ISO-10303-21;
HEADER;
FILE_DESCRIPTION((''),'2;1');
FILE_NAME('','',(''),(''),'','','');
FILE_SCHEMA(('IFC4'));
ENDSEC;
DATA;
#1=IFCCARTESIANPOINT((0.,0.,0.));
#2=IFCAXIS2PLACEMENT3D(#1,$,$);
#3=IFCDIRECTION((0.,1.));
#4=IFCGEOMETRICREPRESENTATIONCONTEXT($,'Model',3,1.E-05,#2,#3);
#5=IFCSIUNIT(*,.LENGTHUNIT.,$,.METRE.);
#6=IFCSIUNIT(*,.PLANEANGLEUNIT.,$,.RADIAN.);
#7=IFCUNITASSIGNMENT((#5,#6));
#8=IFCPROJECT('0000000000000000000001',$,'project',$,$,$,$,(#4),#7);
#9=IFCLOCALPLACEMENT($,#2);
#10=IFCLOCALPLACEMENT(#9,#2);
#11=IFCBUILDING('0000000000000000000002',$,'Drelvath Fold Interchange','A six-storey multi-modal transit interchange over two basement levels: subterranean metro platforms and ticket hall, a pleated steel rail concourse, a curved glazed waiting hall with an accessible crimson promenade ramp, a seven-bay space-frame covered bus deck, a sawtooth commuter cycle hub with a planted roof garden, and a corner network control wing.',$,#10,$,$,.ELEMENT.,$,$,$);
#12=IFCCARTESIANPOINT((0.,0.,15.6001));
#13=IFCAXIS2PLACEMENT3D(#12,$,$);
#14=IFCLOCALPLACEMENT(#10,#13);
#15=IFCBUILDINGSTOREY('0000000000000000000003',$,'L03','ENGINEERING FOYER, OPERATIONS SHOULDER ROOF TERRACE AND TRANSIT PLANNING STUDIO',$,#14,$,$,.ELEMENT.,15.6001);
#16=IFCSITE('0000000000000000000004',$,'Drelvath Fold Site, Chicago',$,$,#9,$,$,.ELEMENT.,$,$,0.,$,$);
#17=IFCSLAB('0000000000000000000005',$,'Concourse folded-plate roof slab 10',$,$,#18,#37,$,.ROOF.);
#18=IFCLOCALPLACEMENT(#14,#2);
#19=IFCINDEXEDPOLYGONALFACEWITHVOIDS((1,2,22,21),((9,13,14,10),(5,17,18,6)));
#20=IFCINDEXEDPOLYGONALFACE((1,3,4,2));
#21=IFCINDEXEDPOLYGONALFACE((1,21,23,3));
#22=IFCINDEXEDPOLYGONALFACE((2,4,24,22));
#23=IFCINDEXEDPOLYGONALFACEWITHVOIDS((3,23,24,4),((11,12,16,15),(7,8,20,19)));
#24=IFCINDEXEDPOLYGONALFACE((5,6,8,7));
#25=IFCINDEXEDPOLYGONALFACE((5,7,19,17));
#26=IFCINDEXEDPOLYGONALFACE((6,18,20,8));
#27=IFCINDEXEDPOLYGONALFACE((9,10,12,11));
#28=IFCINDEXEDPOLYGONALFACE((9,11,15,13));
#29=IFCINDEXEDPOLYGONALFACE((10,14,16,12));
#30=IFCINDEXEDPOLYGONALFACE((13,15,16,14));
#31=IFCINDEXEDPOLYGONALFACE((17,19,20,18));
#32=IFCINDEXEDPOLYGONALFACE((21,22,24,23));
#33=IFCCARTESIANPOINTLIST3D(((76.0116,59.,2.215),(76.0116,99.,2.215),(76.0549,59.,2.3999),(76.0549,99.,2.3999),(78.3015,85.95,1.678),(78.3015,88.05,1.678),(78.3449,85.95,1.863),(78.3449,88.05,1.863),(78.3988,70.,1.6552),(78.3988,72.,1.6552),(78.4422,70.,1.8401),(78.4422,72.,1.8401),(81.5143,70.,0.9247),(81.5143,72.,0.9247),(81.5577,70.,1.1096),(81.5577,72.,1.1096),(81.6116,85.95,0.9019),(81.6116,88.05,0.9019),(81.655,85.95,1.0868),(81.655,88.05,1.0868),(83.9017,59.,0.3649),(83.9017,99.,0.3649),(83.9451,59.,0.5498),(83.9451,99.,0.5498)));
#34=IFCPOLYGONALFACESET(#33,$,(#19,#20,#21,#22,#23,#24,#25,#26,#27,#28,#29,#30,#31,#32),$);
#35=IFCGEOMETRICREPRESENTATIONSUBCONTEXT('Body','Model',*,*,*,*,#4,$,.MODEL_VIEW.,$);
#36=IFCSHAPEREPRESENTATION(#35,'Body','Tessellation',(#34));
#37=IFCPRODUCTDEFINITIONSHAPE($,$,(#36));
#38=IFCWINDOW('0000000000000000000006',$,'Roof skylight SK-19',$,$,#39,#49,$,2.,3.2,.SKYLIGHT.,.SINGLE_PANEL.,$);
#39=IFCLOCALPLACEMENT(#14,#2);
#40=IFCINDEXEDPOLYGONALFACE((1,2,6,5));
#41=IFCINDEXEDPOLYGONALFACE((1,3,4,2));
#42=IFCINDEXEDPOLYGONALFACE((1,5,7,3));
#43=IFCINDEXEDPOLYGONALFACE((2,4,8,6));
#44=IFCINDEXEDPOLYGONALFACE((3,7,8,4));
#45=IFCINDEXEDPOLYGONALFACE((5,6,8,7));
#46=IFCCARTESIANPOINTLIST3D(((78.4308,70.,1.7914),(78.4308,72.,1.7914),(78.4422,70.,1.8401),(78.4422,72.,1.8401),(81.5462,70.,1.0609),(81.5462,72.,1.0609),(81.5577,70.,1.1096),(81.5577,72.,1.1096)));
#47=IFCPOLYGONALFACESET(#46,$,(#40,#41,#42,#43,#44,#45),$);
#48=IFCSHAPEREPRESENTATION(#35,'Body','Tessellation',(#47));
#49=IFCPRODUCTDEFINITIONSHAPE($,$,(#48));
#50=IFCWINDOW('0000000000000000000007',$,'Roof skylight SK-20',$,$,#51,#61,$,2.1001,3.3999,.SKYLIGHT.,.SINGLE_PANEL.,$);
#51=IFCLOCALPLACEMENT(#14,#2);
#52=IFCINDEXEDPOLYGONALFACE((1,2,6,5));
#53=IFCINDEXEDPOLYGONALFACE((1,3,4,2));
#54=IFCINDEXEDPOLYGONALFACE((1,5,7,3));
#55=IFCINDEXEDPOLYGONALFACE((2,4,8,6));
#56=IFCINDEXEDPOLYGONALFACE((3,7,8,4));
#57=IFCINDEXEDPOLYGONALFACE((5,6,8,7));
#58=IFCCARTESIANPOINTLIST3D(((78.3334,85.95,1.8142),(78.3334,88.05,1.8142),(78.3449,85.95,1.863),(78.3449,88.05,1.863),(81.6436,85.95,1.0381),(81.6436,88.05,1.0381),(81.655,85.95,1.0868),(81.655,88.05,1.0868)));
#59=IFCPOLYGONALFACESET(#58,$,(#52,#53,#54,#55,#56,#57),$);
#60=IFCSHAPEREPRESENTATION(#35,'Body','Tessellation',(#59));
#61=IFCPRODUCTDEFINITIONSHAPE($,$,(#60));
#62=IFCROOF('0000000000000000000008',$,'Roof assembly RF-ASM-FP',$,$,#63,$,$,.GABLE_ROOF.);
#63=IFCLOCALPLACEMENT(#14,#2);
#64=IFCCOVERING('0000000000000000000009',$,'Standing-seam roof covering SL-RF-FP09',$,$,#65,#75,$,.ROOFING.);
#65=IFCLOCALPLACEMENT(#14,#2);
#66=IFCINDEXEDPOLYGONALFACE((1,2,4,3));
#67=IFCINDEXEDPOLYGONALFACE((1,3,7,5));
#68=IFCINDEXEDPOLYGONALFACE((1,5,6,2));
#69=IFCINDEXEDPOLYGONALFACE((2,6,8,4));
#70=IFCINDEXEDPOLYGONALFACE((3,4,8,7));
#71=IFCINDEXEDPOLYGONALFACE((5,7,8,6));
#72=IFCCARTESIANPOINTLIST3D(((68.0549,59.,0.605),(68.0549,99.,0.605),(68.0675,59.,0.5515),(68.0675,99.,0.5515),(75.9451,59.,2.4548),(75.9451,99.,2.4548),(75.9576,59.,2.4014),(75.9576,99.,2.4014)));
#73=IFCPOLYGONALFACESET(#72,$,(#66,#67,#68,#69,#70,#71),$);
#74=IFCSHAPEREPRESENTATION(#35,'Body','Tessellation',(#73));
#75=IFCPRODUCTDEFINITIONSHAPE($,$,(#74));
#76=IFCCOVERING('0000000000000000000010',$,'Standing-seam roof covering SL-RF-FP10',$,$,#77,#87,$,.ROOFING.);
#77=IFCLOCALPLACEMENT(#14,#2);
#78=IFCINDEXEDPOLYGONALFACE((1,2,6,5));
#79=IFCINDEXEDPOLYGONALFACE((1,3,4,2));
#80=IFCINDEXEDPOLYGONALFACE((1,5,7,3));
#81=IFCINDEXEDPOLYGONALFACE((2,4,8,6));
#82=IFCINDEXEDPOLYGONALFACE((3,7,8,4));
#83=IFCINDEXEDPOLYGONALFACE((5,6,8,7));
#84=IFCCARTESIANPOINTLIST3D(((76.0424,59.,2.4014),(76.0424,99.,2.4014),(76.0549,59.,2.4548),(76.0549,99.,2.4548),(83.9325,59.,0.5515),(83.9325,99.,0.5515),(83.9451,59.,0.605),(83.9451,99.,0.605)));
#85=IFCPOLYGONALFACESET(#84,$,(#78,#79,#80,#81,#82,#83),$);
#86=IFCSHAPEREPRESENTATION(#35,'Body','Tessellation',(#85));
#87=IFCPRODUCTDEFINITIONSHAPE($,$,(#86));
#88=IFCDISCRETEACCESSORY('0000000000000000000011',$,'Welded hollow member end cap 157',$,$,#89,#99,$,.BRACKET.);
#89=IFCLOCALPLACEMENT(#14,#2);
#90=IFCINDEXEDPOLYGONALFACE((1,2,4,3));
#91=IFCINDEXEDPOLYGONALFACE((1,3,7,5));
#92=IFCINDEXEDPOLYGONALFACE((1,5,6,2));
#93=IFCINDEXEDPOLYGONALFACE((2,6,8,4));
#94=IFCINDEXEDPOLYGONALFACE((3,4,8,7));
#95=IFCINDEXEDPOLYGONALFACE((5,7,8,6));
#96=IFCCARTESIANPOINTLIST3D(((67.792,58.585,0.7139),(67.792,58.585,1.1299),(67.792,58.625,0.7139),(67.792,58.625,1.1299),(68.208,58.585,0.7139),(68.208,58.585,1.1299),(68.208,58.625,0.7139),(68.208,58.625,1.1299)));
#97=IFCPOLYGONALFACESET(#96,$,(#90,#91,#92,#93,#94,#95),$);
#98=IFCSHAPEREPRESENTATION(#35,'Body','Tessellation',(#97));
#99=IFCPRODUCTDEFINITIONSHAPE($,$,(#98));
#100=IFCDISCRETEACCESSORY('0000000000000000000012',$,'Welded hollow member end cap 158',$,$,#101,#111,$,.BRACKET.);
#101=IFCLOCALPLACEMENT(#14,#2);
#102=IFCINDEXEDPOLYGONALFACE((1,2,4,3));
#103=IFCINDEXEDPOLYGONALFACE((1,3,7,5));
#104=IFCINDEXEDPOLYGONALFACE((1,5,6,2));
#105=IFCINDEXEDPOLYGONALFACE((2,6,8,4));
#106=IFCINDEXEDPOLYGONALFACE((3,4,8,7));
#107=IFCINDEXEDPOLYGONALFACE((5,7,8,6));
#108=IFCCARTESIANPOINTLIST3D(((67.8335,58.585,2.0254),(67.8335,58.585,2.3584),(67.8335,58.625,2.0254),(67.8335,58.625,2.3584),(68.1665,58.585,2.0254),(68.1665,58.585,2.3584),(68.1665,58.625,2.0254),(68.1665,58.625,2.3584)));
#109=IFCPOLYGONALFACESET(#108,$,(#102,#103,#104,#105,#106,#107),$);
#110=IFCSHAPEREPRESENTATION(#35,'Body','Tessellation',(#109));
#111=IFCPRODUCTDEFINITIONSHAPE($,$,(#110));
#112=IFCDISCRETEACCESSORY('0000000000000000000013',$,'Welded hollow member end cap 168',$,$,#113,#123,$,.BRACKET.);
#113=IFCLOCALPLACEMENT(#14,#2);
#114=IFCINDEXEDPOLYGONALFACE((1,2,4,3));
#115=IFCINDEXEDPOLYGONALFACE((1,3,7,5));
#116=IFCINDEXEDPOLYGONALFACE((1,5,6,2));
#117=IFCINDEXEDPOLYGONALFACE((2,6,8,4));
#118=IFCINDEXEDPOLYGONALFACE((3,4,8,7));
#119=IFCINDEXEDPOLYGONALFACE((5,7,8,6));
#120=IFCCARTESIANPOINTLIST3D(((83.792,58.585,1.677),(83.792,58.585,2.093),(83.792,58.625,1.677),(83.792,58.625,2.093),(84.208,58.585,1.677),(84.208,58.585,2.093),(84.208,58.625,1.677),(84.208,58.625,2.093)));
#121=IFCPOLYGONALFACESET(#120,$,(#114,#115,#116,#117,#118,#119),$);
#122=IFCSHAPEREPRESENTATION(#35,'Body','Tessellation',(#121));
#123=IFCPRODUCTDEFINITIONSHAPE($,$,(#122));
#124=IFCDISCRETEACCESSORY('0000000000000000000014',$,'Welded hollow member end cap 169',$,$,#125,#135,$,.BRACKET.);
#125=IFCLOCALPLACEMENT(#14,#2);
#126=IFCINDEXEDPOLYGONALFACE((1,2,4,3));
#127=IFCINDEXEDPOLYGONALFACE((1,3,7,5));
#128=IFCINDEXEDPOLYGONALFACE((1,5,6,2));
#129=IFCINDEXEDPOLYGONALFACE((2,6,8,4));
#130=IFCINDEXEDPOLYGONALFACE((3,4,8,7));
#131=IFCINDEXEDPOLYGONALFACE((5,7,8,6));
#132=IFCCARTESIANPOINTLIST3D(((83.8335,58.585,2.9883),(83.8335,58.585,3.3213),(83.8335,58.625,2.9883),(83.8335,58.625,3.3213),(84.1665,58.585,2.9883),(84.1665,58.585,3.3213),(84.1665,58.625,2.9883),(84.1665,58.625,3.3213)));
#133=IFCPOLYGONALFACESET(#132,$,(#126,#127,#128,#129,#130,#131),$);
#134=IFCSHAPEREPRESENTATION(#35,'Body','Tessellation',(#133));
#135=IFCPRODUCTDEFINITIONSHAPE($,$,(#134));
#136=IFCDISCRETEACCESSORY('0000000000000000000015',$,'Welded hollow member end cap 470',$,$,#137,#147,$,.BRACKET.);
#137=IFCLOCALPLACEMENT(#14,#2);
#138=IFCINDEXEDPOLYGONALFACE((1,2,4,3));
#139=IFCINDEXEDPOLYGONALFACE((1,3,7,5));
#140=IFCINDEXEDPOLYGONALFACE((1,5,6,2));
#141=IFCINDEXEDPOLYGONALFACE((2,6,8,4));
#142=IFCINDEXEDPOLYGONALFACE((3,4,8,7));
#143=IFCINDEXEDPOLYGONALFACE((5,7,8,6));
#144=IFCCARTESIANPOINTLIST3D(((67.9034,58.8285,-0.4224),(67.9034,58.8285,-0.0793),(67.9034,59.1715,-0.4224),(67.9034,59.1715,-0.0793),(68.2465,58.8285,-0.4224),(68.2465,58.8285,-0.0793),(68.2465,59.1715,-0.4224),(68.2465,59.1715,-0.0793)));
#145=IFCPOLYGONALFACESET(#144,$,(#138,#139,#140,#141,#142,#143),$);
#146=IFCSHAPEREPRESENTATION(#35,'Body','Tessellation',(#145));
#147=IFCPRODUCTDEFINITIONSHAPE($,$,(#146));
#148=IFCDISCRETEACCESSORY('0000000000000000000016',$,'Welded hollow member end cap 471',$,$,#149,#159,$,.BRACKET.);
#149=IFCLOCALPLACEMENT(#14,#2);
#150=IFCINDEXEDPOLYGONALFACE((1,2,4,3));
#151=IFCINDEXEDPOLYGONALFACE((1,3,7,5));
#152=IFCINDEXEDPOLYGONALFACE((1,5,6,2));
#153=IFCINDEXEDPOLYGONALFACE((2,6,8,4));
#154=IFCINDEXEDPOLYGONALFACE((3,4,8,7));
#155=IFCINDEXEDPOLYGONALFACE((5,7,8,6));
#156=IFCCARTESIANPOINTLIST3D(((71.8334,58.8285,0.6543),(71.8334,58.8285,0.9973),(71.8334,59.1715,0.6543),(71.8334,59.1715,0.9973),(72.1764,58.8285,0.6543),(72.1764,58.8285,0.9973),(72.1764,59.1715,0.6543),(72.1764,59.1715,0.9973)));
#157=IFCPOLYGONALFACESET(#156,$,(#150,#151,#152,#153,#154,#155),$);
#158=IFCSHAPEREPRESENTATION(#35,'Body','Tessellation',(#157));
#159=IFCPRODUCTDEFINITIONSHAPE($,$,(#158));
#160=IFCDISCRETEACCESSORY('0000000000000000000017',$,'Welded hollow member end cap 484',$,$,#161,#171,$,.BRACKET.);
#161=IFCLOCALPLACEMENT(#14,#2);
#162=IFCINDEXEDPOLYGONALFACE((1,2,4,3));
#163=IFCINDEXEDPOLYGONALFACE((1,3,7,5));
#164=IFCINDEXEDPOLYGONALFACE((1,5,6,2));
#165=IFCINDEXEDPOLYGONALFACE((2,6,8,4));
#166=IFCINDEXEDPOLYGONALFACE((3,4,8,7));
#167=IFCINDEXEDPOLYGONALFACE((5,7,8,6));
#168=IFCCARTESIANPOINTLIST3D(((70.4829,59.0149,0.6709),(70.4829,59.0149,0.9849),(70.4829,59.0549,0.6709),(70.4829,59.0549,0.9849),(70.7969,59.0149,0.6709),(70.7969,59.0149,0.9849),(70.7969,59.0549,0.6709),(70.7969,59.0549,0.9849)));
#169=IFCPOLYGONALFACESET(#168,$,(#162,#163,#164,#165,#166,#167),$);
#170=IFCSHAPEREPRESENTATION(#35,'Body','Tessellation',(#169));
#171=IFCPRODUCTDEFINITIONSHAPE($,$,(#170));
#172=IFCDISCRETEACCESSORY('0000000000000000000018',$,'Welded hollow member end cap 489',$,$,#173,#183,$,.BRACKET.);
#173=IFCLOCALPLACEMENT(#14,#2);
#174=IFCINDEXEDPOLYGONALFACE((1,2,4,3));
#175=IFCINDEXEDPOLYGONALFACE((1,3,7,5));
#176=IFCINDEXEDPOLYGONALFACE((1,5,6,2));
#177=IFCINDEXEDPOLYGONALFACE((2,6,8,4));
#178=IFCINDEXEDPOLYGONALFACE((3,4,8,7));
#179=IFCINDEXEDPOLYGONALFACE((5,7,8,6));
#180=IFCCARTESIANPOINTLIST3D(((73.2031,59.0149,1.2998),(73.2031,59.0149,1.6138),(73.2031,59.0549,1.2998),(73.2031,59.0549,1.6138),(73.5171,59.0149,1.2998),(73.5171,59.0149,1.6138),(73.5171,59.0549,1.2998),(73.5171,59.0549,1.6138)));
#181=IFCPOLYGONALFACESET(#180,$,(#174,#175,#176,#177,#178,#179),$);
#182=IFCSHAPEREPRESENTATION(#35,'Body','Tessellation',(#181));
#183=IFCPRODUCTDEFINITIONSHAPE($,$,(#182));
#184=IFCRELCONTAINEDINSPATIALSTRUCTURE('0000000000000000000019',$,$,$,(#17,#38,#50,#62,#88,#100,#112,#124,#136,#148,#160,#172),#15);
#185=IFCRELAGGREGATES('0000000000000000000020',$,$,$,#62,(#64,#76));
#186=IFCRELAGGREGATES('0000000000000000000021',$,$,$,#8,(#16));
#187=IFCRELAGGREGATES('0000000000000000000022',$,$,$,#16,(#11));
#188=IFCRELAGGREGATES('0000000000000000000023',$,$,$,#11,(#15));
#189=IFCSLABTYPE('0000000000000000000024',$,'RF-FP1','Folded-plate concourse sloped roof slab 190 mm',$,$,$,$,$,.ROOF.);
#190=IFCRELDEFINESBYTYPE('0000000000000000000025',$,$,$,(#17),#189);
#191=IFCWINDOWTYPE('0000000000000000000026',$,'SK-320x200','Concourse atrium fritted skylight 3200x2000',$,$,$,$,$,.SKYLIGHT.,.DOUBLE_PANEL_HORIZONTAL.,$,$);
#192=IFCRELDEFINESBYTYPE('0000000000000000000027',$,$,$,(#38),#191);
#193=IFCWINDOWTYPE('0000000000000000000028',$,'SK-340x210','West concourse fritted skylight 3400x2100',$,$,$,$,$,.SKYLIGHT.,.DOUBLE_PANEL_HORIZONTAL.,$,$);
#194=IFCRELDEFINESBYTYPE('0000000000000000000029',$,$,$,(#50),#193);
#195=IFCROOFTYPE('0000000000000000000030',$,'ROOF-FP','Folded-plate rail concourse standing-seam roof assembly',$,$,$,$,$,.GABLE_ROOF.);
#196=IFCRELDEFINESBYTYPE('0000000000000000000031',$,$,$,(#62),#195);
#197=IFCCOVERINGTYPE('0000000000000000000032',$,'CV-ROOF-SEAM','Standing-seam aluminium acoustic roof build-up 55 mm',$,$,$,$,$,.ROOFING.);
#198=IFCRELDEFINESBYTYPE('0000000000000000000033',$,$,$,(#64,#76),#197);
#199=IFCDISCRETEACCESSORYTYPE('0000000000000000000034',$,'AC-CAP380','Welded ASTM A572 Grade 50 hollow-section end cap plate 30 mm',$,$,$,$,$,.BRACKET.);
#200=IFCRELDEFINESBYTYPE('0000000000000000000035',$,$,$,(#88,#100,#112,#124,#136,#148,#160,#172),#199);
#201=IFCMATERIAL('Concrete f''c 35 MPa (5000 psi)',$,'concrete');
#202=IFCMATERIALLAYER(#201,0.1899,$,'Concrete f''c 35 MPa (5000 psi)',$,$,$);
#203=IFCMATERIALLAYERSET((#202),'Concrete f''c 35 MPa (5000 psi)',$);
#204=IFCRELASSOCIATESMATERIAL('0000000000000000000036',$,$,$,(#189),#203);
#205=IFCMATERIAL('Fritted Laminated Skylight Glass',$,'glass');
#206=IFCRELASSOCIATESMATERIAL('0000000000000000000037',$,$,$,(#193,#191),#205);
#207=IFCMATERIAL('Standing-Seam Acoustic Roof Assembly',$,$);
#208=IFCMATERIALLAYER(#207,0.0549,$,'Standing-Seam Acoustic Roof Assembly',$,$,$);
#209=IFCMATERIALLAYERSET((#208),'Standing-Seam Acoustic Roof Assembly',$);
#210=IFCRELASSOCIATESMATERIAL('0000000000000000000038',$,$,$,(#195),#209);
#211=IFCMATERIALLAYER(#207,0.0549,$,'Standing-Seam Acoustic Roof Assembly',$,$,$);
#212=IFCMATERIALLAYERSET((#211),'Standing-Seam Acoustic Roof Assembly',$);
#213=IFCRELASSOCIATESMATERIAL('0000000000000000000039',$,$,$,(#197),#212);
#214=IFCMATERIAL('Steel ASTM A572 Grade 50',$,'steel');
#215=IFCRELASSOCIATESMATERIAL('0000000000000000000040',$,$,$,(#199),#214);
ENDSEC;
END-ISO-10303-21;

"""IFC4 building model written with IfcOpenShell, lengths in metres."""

from ifc_helpers import new_model, si_unit, direction, frame, origin, origin_2d, place, context, subcontext, project, spatial, polyline, rectangle, outline, extrude, material, layer, layer_set, type_object, element, fill, aggregate, save


model = new_model("IFC4")

# Units and contexts
model_context = context("Model", 3, precision=1e-05, world=origin(), true_north=direction((0.0, 1.0)))
body_context = subcontext(model_context, "Body", "Model", "MODEL_VIEW")
ifc_project = project(units=[si_unit("LENGTHUNIT", "METRE"), si_unit("PLANEANGLEUNIT", "RADIAN")], contexts=[model_context])

# Site, building, storey
site_placement = place(None, origin())
site = spatial("IfcSite", under=ifc_project, at=site_placement, Name="Drelvath Fold Site, Chicago", CompositionType="ELEMENT", RefElevation=0.0)
building_placement = place(site_placement, origin())
building = spatial("IfcBuilding", under=site, at=building_placement, Name="Drelvath Fold Interchange", Description="A six-storey multi-modal transit interchange over two basement levels: subterranean metro platforms and ticket hall, a pleated steel rail concourse, a curved glazed waiting hall with an accessible crimson promenade ramp, a seven-bay space-frame covered bus deck, a sawtooth commuter cycle hub with a planted roof garden, and a corner network control wing.", CompositionType="ELEMENT")
storey_placement = place(building_placement, frame((0.0, 0.0, 15.6001)))
storey = spatial("IfcBuildingStorey", under=building, at=storey_placement, Name="L03", Description="ENGINEERING FOYER, OPERATIONS SHOULDER ROOF TERRACE AND TRANSIT PLANNING STUDIO", CompositionType="ELEMENT", Elevation=15.6001)

# Slab, openings, windows
ifc_material_1 = material(Name="Concrete f'c 35 MPa (5000 psi)", Category="concrete")
ifc_layer_1 = layer(ifc_material_1, 0.1899, Name="Concrete f'c 35 MPa (5000 psi)")
ifc_layer_set_1 = layer_set([ifc_layer_1], Name="Concrete f'c 35 MPa (5000 psi)")
slab_type = type_object("IfcSlabType", Name="RF-FP1", Description="Folded-plate concourse sloped roof slab 190 mm", PredefinedType="ROOF", material=ifc_layer_set_1)
ifc_material_2 = material(Name="Fritted Laminated Skylight Glass", Category="glass")
window_type_1 = type_object("IfcWindowType", Name="SK-340x210", Description="West concourse fritted skylight 3400x2100", PartitioningType="DOUBLE_PANEL_HORIZONTAL", PredefinedType="SKYLIGHT", material=ifc_material_2)
slab_1_placement = place(storey_placement, frame((76.0549, 59.0, 2.3999), z_axis=(0.22829, 0.0, 0.973593), x_axis=(0.973593, 0.0, -0.22829)))
slab_1 = element("IfcSlab", 1, at=slab_1_placement, inside=storey, type_object=slab_type, Name="Concourse folded-plate roof slab 10", PredefinedType="ROOF", context=body_context, shape_type="SweptSolid", body=[
    extrude(outline(polyline([(0.0, 0.0), (8.1041, 0.0), (8.1041, 40.0), (0.0, 40.0), (0.0, 0.0)])), origin(), (0.0, 0.0, -1.0), 0.1899),
])
opening_1_placement = place(slab_1_placement, frame((4.052, 12.0, 0.01)))
opening_1 = element("IfcOpeningElement", 2, at=opening_1_placement, cuts=slab_1, PredefinedType="OPENING", context=body_context, shape_type="SweptSolid", body=[
    extrude(rectangle(XDim=3.2, YDim=2.0, at=origin_2d()), origin(), (0.0, 0.0, -1.0), 0.21),
])
opening_2_placement = place(slab_1_placement, frame((4.052, 28.0, 0.01)))
opening_2 = element("IfcOpeningElement", 3, at=opening_2_placement, cuts=slab_1, PredefinedType="OPENING", context=body_context, shape_type="SweptSolid", body=[
    extrude(rectangle(XDim=3.3999, YDim=2.1001, at=origin_2d()), origin(), (0.0, 0.0, -1.0), 0.21),
])
window_type_2 = type_object("IfcWindowType", Name="SK-320x200", Description="Concourse atrium fritted skylight 3200x2000", PartitioningType="DOUBLE_PANEL_HORIZONTAL", PredefinedType="SKYLIGHT", material=ifc_material_2)
window_1_placement = place(slab_1_placement, frame((4.052, 12.0, 0.0)))
window_1 = element("IfcWindow", 4, at=window_1_placement, inside=storey, type_object=window_type_2, Name="Roof skylight SK-19", OverallHeight=2.0, OverallWidth=3.2, PartitioningType="SINGLE_PANEL", PredefinedType="SKYLIGHT", context=body_context, shape_type="SweptSolid", body=[
    extrude(rectangle(XDim=3.2, YDim=2.0, at=origin_2d()), origin(), (0.0, 0.0, -1.0), 0.05),
])
fill(opening_1, window_1)
window_2_placement = place(slab_1_placement, frame((4.052, 28.0, 0.0)))
window_2 = element("IfcWindow", 5, at=window_2_placement, inside=storey, type_object=window_type_1, Name="Roof skylight SK-20", OverallHeight=2.1001, OverallWidth=3.3999, PartitioningType="SINGLE_PANEL", PredefinedType="SKYLIGHT", context=body_context, shape_type="SweptSolid", body=[
    extrude(rectangle(XDim=3.3999, YDim=2.1001, at=origin_2d()), origin(), (0.0, 0.0, -1.0), 0.05),
])
fill(opening_2, window_2)

# Roof, coverings
ifc_material_3 = material(Name="Standing-Seam Acoustic Roof Assembly")
ifc_layer_2 = layer(ifc_material_3, 0.0549, Name="Standing-Seam Acoustic Roof Assembly")
ifc_layer_set_2 = layer_set([ifc_layer_2], Name="Standing-Seam Acoustic Roof Assembly")
roof_type = type_object("IfcRoofType", Name="ROOF-FP", Description="Folded-plate rail concourse standing-seam roof assembly", PredefinedType="GABLE_ROOF", material=ifc_layer_set_2)
roof_placement = place(storey_placement, origin())
roof = element("IfcRoof", 6, at=roof_placement, inside=storey, type_object=roof_type, Name="Roof assembly RF-ASM-FP", PredefinedType="GABLE_ROOF")
ifc_layer_3 = layer(ifc_material_3, 0.0549, Name="Standing-Seam Acoustic Roof Assembly")
ifc_layer_set_3 = layer_set([ifc_layer_3], Name="Standing-Seam Acoustic Roof Assembly")
covering_type = type_object("IfcCoveringType", Name="CV-ROOF-SEAM", Description="Standing-seam aluminium acoustic roof build-up 55 mm", PredefinedType="ROOFING", material=ifc_layer_set_3)
covering_1_placement = place(storey_placement, frame((68.0549, 59.0, 0.605), z_axis=(-0.228262, 0.0, 0.9736), x_axis=(0.9736, 0.0, 0.228262)))
covering_1 = element("IfcCovering", 7, at=covering_1_placement, type_object=covering_type, Name="Standing-seam roof covering SL-RF-FP09", PredefinedType="ROOFING", context=body_context, shape_type="SweptSolid", body=[
    extrude(outline(polyline([(0.0, 0.0), (8.1041, 0.0), (8.1041, 40.0), (0.0, 40.0), (0.0, 0.0)])), origin(), (0.0, 0.0, -1.0), 0.0549),
])
covering_2_placement = place(storey_placement, frame((76.0549, 59.0, 2.4548), z_axis=(0.228262, 0.0, 0.9736), x_axis=(0.9736, 0.0, -0.228262)))
covering_2 = element("IfcCovering", 8, at=covering_2_placement, type_object=covering_type, Name="Standing-seam roof covering SL-RF-FP10", PredefinedType="ROOFING", context=body_context, shape_type="SweptSolid", body=[
    extrude(outline(polyline([(0.0, 0.0), (8.1041, 0.0), (8.1041, 40.0), (0.0, 40.0), (0.0, 0.0)])), origin(), (0.0, 0.0, -1.0), 0.0549),
])
aggregate(roof, [covering_1, covering_2])

# Discrete accessories
ifc_material_4 = material(Name="Steel ASTM A572 Grade 50", Category="steel")
discrete_accessory_type = type_object("IfcDiscreteAccessoryType", Name="AC-CAP380", Description="Welded ASTM A572 Grade 50 hollow-section end cap plate 30 mm", PredefinedType="BRACKET", material=ifc_material_4)
discrete_accessory_1_placement = place(storey_placement, frame((68.0, 58.605, 0.7139), z_axis=(0.0, 0.0, 1.0), x_axis=(1.0, 0.0, 0.0)))
element("IfcDiscreteAccessory", 9, at=discrete_accessory_1_placement, inside=storey, type_object=discrete_accessory_type, Name="Welded hollow member end cap 157", PredefinedType="BRACKET", context=body_context, shape_type="SweptSolid", body=[
    extrude(rectangle(XDim=0.416, YDim=0.04, at=origin_2d()), origin(), (0.0, 0.0, 1.0), 0.416),
])
discrete_accessory_2_placement = place(storey_placement, frame((68.0, 58.605, 2.0254), z_axis=(0.0, 0.0, 1.0), x_axis=(1.0, 0.0, 0.0)))
element("IfcDiscreteAccessory", 10, at=discrete_accessory_2_placement, inside=storey, type_object=discrete_accessory_type, Name="Welded hollow member end cap 158", PredefinedType="BRACKET", context=body_context, shape_type="SweptSolid", body=[
    extrude(rectangle(XDim=0.333, YDim=0.04, at=origin_2d()), origin(), (0.0, 0.0, 1.0), 0.333),
])
discrete_accessory_3_placement = place(storey_placement, frame((84.0, 58.605, 1.677), z_axis=(0.0, 0.0, 1.0), x_axis=(1.0, 0.0, 0.0)))
element("IfcDiscreteAccessory", 11, at=discrete_accessory_3_placement, inside=storey, type_object=discrete_accessory_type, Name="Welded hollow member end cap 168", PredefinedType="BRACKET", context=body_context, shape_type="SweptSolid", body=[
    extrude(rectangle(XDim=0.416, YDim=0.04, at=origin_2d()), origin(), (0.0, 0.0, 1.0), 0.416),
])
discrete_accessory_4_placement = place(storey_placement, frame((84.0, 58.605, 2.9883), z_axis=(0.0, 0.0, 1.0), x_axis=(1.0, 0.0, 0.0)))
element("IfcDiscreteAccessory", 12, at=discrete_accessory_4_placement, inside=storey, type_object=discrete_accessory_type, Name="Welded hollow member end cap 169", PredefinedType="BRACKET", context=body_context, shape_type="SweptSolid", body=[
    extrude(rectangle(XDim=0.333, YDim=0.04, at=origin_2d()), origin(), (0.0, 0.0, 1.0), 0.333),
])
for number, where, z_axis, x_axis, name in (
    (13, (68.075, 59.0, -0.4224), (0.0, 0.0, 1.0), (1.0, 0.0, 0.0), "Welded hollow member end cap 470"),
    (14, (72.0049, 59.0, 0.6543), (0.0, 0.0, 1.0), (1.0, 0.0, 0.0), "Welded hollow member end cap 471"),
):
    element("IfcDiscreteAccessory", number, at=place(storey_placement, frame(where, z_axis=z_axis, x_axis=x_axis)), inside=storey, type_object=discrete_accessory_type, Name=name, PredefinedType="BRACKET", context=body_context, shape_type="SweptSolid", body=[
        extrude(rectangle(XDim=0.343, YDim=0.343, at=origin_2d()), origin(), (0.0, 0.0, 1.0), 0.343),
    ])
for number, where, z_axis, x_axis, name in (
    (15, (70.6399, 59.0349, 0.6709), (0.0, 0.0, 1.0), (1.0, 0.0, 0.0), "Welded hollow member end cap 484"),
    (16, (73.3601, 59.0349, 1.2998), (0.0, 0.0, 1.0), (1.0, 0.0, 0.0), "Welded hollow member end cap 489"),
):
    element("IfcDiscreteAccessory", number, at=place(storey_placement, frame(where, z_axis=z_axis, x_axis=x_axis)), inside=storey, type_object=discrete_accessory_type, Name=name, PredefinedType="BRACKET", context=body_context, shape_type="SweptSolid", body=[
        extrude(rectangle(XDim=0.314, YDim=0.04, at=origin_2d()), origin(), (0.0, 0.0, 1.0), 0.314),
    ])

save(model, "model.ifc")
